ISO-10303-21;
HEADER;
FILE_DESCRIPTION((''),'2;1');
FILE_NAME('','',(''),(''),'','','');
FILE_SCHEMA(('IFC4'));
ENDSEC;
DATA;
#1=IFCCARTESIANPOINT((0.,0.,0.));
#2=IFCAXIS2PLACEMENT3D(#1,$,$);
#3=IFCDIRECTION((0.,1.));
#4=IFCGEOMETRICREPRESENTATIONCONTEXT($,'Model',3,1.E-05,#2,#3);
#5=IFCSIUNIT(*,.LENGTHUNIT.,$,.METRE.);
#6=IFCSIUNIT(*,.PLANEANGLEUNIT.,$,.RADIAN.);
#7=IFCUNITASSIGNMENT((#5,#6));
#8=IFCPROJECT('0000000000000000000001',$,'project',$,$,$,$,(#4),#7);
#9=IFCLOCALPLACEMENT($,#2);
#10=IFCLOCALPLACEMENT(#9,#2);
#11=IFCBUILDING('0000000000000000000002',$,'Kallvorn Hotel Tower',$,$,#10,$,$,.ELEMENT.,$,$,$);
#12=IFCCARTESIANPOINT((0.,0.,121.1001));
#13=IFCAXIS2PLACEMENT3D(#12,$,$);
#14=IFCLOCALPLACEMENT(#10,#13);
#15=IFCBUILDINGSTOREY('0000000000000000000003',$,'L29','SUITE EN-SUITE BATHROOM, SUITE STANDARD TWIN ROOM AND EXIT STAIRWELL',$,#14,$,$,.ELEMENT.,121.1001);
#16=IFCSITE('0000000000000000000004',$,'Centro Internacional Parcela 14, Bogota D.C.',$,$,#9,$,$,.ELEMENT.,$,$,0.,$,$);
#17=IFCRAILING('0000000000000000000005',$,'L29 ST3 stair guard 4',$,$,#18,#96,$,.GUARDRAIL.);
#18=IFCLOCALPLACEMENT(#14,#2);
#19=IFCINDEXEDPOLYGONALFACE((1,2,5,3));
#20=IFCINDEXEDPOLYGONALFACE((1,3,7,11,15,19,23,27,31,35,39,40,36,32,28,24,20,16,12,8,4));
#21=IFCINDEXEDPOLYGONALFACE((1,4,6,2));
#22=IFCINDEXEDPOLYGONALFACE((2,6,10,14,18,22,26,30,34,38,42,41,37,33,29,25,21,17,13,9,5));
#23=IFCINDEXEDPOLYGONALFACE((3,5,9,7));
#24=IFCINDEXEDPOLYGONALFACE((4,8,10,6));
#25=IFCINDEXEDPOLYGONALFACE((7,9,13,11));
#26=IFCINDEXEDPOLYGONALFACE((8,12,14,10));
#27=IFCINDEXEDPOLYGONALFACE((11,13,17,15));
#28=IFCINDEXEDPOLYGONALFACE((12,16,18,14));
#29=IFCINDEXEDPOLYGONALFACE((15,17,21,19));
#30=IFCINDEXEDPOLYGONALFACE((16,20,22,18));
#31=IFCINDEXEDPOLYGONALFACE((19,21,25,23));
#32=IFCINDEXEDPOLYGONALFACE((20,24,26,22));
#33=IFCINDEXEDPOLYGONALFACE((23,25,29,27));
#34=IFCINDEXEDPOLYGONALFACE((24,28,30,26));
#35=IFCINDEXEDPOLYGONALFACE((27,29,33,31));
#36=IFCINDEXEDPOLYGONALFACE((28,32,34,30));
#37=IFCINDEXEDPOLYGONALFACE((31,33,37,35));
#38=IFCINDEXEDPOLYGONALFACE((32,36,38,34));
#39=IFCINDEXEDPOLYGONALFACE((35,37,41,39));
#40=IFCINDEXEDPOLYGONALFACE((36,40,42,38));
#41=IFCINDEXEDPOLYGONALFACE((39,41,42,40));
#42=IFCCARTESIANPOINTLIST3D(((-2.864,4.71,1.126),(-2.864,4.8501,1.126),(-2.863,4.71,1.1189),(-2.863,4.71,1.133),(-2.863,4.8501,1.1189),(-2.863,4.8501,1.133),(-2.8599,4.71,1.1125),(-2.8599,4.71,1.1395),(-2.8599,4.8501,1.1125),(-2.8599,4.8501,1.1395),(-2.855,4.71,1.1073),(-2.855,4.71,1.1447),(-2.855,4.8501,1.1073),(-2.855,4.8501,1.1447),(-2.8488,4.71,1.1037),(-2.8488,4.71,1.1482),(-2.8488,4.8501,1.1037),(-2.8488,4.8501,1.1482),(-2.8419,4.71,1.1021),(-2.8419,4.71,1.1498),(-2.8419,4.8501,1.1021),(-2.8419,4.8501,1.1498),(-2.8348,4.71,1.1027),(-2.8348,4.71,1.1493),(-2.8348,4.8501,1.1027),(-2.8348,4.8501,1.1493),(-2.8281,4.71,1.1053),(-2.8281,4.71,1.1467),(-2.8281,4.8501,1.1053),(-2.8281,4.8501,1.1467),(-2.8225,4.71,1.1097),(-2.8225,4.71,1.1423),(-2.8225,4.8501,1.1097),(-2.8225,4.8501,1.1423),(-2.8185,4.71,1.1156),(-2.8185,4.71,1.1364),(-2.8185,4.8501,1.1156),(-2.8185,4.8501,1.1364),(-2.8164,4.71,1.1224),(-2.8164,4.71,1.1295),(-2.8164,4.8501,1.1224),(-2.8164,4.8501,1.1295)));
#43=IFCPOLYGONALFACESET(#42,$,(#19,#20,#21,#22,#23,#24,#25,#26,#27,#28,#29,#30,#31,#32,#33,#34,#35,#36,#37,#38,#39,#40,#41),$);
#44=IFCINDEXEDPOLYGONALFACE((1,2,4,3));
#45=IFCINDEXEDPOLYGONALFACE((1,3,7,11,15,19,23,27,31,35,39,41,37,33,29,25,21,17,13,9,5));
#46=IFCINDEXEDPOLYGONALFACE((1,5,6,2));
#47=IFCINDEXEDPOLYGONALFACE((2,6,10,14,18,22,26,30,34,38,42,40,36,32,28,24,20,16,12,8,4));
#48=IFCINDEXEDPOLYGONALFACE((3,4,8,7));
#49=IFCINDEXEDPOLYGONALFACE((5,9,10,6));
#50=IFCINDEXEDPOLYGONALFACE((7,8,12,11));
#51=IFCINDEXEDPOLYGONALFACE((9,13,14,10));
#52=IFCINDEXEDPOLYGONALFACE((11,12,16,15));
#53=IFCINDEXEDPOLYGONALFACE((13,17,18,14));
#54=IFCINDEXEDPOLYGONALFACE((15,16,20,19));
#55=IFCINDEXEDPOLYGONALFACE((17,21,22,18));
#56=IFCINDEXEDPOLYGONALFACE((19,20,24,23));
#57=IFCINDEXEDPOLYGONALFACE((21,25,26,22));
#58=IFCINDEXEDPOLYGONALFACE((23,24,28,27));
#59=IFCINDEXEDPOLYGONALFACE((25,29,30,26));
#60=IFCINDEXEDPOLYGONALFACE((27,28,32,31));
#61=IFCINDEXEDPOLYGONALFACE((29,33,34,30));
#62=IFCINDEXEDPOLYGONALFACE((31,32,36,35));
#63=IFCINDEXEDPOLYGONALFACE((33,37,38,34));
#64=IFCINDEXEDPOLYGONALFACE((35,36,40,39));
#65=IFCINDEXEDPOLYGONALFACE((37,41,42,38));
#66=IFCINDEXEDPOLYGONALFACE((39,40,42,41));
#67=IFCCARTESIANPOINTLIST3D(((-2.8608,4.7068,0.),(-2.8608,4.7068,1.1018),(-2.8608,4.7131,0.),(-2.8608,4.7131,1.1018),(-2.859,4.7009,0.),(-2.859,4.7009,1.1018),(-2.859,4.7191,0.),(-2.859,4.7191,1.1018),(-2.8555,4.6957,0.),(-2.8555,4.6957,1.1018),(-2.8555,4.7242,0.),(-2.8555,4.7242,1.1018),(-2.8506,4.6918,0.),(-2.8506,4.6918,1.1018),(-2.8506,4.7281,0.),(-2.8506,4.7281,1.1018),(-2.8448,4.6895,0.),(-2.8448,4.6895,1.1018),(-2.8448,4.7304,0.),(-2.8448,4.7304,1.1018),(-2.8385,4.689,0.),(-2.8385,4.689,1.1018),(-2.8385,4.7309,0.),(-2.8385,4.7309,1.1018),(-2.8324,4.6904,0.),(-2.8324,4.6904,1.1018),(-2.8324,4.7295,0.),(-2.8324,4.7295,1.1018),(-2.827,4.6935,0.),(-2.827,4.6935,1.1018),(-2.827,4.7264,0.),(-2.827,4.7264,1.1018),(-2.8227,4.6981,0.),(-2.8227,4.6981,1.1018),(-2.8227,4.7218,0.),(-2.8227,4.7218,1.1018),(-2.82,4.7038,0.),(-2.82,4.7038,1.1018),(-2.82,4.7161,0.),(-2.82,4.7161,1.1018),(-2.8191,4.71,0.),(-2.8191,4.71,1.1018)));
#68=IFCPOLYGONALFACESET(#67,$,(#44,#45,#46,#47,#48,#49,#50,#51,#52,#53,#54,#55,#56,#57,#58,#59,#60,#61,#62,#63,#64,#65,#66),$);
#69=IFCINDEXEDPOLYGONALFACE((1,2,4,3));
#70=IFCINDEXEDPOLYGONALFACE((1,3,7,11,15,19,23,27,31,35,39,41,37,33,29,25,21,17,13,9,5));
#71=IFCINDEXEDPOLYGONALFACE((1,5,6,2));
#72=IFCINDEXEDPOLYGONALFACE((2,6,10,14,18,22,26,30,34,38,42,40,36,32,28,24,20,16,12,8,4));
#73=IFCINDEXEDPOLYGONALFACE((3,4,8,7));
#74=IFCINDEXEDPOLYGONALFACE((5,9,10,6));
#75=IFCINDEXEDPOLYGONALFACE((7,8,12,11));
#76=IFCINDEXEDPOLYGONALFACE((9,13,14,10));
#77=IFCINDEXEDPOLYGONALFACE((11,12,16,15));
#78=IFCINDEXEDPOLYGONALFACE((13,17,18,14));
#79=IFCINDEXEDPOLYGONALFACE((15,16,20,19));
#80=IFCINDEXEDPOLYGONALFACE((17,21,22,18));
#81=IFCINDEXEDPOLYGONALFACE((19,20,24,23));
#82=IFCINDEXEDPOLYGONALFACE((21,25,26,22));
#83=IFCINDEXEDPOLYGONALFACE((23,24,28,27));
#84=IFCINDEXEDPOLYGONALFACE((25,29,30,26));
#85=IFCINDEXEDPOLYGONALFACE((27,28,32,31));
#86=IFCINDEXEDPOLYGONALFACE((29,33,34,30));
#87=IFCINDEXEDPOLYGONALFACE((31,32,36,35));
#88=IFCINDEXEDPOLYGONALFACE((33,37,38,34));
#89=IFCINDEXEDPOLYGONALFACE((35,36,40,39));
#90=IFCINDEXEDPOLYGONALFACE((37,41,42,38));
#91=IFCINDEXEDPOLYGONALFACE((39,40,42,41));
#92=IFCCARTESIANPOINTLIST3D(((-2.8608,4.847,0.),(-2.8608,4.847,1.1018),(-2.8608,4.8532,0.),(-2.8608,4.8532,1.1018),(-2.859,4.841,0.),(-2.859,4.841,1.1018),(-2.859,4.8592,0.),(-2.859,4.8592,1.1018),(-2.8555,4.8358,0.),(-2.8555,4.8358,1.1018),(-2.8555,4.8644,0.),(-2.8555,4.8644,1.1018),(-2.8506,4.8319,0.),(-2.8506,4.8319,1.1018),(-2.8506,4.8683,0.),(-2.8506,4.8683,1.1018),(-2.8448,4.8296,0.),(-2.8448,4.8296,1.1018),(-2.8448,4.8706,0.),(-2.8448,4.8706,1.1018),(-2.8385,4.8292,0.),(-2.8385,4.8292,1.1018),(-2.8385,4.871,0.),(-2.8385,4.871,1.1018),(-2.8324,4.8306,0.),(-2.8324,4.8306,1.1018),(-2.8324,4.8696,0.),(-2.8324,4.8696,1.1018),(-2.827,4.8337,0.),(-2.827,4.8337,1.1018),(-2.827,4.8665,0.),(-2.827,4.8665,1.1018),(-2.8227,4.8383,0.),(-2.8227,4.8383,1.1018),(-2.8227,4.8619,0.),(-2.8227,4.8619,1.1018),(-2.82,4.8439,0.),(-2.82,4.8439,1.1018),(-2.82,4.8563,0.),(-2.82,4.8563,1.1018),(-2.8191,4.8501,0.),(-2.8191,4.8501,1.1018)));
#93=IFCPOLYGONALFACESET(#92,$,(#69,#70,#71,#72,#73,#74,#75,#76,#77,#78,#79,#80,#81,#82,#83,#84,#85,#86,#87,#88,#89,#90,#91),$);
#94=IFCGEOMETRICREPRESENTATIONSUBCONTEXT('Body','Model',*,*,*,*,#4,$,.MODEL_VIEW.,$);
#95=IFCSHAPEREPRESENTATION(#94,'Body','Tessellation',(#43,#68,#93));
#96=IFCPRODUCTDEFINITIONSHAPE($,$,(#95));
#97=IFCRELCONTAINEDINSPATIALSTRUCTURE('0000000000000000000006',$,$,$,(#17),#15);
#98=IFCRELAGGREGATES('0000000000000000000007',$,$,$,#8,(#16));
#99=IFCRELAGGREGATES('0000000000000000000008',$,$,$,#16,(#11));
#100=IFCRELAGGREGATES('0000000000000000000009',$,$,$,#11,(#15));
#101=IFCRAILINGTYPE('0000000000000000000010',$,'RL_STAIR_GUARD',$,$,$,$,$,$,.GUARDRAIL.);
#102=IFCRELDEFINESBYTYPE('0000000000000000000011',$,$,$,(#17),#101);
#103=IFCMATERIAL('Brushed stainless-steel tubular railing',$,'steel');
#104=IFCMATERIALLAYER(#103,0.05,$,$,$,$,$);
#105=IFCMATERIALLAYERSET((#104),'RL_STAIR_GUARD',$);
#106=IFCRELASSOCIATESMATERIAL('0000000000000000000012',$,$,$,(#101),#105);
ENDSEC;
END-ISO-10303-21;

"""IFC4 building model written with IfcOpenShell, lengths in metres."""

from ifc_helpers import new_model, si_unit, direction, frame, origin, origin_2d, place, context, subcontext, project, spatial, circle, extrude, material, layer, layer_set, type_object, element, save


model = new_model("IFC4")

# Units and contexts
model_context = context("Model", 3, precision=1e-05, world=origin(), true_north=direction((0.0, 1.0)))
body_context = subcontext(model_context, "Body", "Model", "MODEL_VIEW")
ifc_project = project(units=[si_unit("LENGTHUNIT", "METRE"), si_unit("PLANEANGLEUNIT", "RADIAN")], contexts=[model_context])

# Site, building, storey
site_placement = place(None, origin())
site = spatial("IfcSite", under=ifc_project, at=site_placement, Name="Centro Internacional Parcela 14, Bogota D.C.", CompositionType="ELEMENT", RefElevation=0.0)
building_placement = place(site_placement, origin())
building = spatial("IfcBuilding", under=site, at=building_placement, Name="Kallvorn Hotel Tower", CompositionType="ELEMENT")
storey_placement = place(building_placement, frame((0.0, 0.0, 121.1001)))
storey = spatial("IfcBuildingStorey", under=building, at=storey_placement, Name="L29", Description="SUITE EN-SUITE BATHROOM, SUITE STANDARD TWIN ROOM AND EXIT STAIRWELL", CompositionType="ELEMENT", Elevation=121.1001)

# Railing
ifc_material_1 = material(Name="Brushed stainless-steel tubular railing", Category="steel")
ifc_layer_1 = layer(ifc_material_1, 0.05)
ifc_layer_set_1 = layer_set([ifc_layer_1], Name="RL_STAIR_GUARD")
railing_type = type_object("IfcRailingType", Name="RL_STAIR_GUARD", PredefinedType="GUARDRAIL", material=ifc_layer_set_1)
railing_1_placement = place(storey_placement, frame((-2.8401, 4.71, 0.0)))
element("IfcRailing", 1, at=railing_1_placement, inside=storey, type_object=railing_type, Name="L29 ST3 stair guard 4", PredefinedType="GUARDRAIL", context=body_context, shape_type="SweptSolid", body=[
    extrude(circle(Radius=0.0239, at=origin_2d()), frame((0.0, 0.0, 1.126), z_axis=(0.0, 1.0, 0.0), x_axis=(-1.0, 0.0, 0.0)), (0.0, 0.0, 1.0), 0.1401),
    extrude(circle(Radius=0.021, at=origin_2d()), origin(), (0.0, 0.0, 1.0), 1.1018),
    extrude(circle(Radius=0.021, at=origin_2d()), frame((0.0, 0.1401, 0.0)), (0.0, 0.0, 1.0), 1.1018),
])

save(model, "model.ifc")
